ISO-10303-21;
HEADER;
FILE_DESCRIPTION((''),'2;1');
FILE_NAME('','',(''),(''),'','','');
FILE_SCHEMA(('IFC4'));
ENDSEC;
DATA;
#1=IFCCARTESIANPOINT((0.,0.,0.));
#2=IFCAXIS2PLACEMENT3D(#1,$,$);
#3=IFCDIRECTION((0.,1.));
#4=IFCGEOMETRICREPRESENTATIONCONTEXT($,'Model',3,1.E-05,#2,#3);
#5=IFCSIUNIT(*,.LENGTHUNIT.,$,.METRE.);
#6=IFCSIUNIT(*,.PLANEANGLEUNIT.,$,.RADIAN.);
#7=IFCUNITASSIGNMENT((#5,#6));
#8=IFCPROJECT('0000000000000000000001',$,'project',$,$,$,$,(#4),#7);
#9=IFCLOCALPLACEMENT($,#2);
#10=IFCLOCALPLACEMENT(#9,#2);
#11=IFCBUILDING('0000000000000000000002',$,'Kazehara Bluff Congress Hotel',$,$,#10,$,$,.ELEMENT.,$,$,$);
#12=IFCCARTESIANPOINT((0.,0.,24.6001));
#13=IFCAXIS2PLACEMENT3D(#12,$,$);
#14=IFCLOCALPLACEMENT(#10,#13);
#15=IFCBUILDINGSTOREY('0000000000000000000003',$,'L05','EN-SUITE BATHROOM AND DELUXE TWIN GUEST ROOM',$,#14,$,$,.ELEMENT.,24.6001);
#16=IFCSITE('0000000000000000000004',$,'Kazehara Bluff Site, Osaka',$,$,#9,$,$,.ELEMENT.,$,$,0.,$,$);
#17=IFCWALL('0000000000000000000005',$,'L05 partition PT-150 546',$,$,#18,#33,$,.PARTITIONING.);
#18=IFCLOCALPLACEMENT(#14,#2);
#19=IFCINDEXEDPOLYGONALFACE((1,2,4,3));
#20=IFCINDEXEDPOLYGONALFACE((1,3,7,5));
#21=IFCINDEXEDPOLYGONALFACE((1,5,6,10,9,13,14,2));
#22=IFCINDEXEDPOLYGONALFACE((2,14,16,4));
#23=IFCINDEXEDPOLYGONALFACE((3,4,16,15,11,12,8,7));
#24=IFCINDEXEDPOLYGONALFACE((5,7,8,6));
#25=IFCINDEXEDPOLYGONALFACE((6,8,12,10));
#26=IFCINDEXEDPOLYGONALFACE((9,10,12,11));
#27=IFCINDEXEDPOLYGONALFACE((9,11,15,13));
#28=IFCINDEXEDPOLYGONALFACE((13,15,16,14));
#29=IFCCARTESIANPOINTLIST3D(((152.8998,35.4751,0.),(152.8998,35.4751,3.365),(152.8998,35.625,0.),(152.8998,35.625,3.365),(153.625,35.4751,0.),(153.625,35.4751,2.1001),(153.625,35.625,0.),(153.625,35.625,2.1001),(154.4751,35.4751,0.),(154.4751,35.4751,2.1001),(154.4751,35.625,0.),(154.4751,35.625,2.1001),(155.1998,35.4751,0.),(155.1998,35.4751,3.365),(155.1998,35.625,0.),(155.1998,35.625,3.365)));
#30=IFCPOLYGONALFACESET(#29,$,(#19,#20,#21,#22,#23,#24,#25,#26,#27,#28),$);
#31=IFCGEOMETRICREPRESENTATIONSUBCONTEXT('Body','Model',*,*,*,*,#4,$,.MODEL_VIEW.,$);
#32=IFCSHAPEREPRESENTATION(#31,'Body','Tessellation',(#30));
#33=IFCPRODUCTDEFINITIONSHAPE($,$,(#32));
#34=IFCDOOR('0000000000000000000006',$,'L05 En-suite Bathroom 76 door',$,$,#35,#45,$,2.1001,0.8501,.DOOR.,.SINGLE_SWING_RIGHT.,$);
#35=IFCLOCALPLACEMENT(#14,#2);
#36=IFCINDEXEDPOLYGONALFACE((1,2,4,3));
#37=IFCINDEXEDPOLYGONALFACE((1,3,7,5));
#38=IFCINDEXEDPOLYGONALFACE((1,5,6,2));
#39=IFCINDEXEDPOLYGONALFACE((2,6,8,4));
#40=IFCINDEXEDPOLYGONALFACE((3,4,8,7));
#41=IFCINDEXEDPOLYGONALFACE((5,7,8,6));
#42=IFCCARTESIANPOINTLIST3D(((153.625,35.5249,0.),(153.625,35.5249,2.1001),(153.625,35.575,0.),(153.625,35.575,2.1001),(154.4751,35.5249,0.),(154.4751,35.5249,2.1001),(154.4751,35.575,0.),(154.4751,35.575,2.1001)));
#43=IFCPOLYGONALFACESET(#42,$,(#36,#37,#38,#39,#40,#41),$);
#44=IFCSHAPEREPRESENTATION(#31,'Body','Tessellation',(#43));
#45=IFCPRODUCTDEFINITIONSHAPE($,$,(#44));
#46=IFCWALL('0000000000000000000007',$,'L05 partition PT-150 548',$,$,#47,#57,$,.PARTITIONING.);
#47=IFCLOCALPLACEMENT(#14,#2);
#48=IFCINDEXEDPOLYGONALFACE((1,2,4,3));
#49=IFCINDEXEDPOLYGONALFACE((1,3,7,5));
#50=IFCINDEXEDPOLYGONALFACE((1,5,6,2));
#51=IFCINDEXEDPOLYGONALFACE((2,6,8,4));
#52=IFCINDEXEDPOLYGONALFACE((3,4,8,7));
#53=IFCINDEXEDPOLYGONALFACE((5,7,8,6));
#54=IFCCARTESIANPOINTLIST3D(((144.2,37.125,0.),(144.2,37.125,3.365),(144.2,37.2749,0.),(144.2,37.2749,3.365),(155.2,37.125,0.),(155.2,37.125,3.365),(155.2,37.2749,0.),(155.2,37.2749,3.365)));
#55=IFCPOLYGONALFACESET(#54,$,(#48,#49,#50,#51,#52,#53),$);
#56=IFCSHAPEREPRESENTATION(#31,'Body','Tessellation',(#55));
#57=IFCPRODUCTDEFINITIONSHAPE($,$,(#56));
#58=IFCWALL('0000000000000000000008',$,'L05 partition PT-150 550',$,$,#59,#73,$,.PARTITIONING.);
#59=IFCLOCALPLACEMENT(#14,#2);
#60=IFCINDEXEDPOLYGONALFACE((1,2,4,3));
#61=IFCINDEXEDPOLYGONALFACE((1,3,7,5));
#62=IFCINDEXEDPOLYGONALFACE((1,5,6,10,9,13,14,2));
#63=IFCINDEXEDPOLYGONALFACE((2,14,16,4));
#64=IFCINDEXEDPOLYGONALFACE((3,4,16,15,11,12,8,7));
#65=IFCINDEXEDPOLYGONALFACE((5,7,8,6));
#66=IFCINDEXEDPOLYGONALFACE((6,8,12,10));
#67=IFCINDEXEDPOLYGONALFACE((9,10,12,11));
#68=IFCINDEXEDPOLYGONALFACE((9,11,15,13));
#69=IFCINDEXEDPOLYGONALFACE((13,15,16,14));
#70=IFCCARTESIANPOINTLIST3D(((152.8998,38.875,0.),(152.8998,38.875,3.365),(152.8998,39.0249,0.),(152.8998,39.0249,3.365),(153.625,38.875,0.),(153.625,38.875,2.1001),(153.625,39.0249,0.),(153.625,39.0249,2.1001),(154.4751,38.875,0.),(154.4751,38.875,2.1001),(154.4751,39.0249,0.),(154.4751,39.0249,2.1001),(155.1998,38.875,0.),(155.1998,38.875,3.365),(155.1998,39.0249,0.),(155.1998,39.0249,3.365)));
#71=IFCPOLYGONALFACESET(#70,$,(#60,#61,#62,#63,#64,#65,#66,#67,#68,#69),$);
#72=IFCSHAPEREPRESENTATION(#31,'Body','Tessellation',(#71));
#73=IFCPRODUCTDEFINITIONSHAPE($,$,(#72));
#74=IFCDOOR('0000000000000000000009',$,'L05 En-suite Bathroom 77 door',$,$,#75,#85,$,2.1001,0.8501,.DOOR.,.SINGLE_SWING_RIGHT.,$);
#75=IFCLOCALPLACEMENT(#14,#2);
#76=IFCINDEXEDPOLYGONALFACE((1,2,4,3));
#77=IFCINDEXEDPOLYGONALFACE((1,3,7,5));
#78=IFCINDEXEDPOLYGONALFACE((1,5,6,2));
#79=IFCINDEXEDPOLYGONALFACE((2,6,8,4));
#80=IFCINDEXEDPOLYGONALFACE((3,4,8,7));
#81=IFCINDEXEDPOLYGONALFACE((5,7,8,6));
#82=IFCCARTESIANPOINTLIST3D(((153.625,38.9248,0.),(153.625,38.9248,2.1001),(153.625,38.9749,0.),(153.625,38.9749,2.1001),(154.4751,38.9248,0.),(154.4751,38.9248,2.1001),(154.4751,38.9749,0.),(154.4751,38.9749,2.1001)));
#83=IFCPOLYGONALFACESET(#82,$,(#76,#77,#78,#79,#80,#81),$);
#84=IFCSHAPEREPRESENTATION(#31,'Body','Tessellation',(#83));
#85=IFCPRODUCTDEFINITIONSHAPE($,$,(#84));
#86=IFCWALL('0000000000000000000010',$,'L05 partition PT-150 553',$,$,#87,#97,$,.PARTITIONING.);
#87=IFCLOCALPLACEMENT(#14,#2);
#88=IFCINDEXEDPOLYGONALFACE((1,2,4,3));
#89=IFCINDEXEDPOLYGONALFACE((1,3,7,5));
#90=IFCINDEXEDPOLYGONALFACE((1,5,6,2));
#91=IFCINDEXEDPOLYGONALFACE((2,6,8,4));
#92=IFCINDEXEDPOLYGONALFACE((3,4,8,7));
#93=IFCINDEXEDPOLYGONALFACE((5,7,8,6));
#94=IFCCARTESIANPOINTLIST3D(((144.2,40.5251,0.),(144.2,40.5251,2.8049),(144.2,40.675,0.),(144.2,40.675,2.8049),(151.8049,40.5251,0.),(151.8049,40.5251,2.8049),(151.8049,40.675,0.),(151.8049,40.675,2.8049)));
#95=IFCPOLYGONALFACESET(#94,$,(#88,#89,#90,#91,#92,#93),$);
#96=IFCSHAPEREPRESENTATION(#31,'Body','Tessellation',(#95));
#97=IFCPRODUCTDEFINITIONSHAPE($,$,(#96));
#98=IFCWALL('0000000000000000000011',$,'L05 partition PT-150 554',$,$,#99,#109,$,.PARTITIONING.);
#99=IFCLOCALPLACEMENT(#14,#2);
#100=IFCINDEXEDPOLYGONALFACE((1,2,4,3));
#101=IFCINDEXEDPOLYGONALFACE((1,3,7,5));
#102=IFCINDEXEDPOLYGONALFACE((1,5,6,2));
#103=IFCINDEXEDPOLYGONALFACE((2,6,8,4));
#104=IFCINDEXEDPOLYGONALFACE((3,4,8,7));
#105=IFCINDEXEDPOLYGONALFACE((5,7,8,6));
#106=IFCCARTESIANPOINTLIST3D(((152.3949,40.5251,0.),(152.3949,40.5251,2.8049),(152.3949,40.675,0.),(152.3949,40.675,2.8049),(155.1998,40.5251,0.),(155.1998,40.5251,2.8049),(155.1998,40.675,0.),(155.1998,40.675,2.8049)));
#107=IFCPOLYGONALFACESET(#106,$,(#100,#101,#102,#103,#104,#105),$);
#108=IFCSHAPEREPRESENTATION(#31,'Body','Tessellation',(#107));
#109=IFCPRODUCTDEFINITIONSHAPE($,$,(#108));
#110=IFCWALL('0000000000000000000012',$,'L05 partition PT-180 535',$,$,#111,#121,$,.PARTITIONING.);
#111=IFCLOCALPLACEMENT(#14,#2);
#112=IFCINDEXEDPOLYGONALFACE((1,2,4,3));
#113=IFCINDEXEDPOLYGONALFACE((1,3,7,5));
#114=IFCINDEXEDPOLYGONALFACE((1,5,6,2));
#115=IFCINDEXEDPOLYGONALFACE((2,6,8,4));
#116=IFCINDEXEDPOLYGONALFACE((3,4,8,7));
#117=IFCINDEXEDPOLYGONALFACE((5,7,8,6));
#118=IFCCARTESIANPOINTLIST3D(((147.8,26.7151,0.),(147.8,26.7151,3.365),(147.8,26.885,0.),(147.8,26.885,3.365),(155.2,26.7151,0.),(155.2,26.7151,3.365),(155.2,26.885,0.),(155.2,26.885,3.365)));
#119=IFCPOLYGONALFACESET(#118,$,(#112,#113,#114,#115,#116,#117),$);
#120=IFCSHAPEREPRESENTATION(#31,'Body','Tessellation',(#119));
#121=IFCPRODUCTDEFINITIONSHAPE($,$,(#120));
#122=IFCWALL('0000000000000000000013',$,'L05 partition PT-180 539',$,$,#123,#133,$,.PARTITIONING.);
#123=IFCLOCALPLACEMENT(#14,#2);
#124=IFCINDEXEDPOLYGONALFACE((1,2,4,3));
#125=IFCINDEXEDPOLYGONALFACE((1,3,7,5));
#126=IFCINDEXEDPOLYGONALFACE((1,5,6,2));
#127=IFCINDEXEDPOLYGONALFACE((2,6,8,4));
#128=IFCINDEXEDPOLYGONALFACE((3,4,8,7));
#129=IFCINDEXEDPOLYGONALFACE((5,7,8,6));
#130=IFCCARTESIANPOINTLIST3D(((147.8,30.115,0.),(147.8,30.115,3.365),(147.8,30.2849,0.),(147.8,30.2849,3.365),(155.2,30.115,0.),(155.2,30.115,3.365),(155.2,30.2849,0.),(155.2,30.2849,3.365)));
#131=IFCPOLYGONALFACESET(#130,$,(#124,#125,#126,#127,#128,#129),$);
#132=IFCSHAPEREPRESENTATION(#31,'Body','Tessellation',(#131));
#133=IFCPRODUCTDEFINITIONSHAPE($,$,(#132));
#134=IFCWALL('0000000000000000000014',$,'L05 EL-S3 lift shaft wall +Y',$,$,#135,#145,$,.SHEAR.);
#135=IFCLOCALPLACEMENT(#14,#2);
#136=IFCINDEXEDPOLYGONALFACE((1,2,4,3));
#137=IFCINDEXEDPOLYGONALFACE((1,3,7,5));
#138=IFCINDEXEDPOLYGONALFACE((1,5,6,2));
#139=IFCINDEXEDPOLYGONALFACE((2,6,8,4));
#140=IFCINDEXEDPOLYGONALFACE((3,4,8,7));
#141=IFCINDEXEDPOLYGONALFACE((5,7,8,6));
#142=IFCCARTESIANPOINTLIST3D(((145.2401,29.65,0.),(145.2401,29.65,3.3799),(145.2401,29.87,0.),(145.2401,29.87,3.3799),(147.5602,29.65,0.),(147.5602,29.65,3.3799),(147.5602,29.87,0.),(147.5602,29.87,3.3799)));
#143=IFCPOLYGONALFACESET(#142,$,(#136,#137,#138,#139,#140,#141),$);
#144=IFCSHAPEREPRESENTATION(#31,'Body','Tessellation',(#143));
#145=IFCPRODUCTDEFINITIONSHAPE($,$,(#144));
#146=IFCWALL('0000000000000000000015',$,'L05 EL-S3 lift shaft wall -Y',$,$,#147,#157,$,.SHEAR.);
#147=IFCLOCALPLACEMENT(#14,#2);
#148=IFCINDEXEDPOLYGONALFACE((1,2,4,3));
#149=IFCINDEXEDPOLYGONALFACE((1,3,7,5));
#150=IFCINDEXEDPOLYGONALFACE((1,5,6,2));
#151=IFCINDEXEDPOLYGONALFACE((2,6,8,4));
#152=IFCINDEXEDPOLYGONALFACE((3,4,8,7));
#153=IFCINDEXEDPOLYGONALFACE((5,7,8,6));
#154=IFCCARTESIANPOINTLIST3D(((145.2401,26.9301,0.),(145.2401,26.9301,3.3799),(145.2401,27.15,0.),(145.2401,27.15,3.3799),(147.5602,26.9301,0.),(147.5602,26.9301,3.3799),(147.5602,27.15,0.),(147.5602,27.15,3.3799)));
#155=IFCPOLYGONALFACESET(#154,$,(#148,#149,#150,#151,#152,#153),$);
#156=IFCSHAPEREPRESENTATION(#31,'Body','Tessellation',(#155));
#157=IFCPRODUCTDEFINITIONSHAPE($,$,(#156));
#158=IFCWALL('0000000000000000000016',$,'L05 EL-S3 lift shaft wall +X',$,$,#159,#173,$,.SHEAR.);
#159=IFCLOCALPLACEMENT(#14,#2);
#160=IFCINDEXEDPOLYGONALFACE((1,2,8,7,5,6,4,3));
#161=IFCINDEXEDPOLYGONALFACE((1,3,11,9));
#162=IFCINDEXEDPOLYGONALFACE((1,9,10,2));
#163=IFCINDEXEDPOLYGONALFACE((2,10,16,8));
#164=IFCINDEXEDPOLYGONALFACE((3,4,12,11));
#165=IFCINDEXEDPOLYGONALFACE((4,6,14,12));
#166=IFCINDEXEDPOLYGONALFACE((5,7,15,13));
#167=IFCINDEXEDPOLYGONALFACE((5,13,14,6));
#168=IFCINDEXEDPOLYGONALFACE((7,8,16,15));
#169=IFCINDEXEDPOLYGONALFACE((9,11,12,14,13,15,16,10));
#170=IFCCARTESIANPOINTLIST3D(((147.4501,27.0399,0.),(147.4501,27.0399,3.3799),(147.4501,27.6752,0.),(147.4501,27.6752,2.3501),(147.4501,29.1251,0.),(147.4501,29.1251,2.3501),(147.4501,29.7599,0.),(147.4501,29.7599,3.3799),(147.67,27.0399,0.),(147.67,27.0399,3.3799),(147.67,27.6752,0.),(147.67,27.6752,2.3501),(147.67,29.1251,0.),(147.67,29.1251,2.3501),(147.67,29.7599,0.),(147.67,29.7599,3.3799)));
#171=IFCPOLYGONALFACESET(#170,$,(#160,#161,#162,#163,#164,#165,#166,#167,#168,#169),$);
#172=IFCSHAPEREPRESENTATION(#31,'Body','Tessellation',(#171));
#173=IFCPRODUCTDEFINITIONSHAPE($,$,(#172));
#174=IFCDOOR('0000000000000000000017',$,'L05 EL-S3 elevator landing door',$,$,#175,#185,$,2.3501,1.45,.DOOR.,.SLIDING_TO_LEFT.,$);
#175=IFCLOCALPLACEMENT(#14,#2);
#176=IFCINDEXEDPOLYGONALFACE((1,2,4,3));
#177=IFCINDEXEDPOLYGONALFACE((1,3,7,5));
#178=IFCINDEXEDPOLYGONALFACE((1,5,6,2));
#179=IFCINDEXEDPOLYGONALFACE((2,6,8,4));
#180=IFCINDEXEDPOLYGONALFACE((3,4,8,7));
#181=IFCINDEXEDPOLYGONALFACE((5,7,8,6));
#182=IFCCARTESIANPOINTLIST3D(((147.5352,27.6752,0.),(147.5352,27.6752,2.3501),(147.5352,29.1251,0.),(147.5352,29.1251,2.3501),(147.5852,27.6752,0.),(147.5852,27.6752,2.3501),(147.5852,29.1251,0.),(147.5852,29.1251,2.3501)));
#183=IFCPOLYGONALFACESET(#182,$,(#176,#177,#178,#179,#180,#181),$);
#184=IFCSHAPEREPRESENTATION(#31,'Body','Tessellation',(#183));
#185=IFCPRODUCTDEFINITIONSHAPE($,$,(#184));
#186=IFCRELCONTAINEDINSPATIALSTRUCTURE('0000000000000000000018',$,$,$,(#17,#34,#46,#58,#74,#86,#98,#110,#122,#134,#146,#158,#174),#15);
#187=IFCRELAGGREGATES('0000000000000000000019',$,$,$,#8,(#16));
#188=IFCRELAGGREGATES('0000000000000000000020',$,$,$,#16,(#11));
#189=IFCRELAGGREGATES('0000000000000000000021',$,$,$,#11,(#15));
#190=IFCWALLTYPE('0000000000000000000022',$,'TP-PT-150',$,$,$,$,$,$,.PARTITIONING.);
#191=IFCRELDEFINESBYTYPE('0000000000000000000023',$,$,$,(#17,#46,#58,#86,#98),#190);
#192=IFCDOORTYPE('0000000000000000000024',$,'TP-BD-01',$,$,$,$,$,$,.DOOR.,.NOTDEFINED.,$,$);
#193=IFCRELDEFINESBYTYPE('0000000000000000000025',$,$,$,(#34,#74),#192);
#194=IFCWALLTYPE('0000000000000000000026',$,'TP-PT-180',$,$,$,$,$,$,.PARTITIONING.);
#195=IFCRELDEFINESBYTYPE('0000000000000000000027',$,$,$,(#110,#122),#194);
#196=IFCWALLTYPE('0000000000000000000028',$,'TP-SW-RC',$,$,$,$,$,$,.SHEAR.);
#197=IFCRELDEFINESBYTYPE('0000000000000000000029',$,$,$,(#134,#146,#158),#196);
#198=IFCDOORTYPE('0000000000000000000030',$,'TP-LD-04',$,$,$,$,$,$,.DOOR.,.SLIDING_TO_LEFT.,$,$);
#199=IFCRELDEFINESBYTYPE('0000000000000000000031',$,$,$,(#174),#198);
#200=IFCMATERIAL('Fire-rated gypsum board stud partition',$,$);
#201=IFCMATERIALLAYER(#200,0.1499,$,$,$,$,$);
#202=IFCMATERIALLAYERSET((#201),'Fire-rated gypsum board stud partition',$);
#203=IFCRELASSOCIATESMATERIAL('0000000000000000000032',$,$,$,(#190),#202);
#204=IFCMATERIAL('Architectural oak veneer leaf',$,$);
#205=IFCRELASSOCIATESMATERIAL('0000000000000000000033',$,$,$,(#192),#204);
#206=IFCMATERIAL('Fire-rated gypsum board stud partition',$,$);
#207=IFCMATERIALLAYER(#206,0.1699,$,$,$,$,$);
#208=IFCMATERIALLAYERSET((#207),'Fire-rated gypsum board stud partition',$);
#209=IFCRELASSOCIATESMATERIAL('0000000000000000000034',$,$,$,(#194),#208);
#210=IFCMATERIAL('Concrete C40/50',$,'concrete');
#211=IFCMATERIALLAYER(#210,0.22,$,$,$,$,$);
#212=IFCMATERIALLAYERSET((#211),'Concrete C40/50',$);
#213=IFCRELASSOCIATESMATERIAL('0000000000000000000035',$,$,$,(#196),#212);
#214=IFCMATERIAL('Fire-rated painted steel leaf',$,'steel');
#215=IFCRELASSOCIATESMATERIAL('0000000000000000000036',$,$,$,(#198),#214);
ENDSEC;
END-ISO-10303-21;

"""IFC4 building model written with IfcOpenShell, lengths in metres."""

from ifc_helpers import new_model, si_unit, direction, frame, frame_2d, origin, place, context, subcontext, project, spatial, rectangle, extrude, material, layer, layer_set, type_object, element, fill, save


model = new_model("IFC4")

# Units and contexts
model_context = context("Model", 3, precision=1e-05, world=origin(), true_north=direction((0.0, 1.0)))
body_context = subcontext(model_context, "Body", "Model", "MODEL_VIEW")
ifc_project = project(units=[si_unit("LENGTHUNIT", "METRE"), si_unit("PLANEANGLEUNIT", "RADIAN")], contexts=[model_context])

# Site, building, storey
site_placement = place(None, origin())
site = spatial("IfcSite", under=ifc_project, at=site_placement, Name="Kazehara Bluff Site, Osaka", CompositionType="ELEMENT", RefElevation=0.0)
building_placement = place(site_placement, origin())
building = spatial("IfcBuilding", under=site, at=building_placement, Name="Kazehara Bluff Congress Hotel", CompositionType="ELEMENT")
storey_placement = place(building_placement, frame((0.0, 0.0, 24.6001)))
storey = spatial("IfcBuildingStorey", under=building, at=storey_placement, Name="L05", Description="EN-SUITE BATHROOM AND DELUXE TWIN GUEST ROOM", CompositionType="ELEMENT", Elevation=24.6001)

# Wall, opening, door
ifc_material_1 = material(Name="Fire-rated gypsum board stud partition")
ifc_layer_1 = layer(ifc_material_1, 0.1499)
ifc_layer_set_1 = layer_set([ifc_layer_1], Name="Fire-rated gypsum board stud partition")
wall_type_1 = type_object("IfcWallType", Name="TP-PT-150", PredefinedType="PARTITIONING", material=ifc_layer_set_1)
ifc_material_2 = material(Name="Architectural oak veneer leaf")
door_type_1 = type_object("IfcDoorType", Name="TP-BD-01", OperationType="NOTDEFINED", PredefinedType="DOOR", material=ifc_material_2)
wall_1_placement = place(storey_placement, frame((152.8999, 35.55, 0.0), z_axis=(0.0, 0.0, 1.0), x_axis=(1.0, 0.0, 0.0)))
wall_1 = element("IfcWall", 1, at=wall_1_placement, inside=storey, type_object=wall_type_1, Name="L05 partition PT-150 546", PredefinedType="PARTITIONING", context=body_context, shape_type="SweptSolid", body=[
    extrude(rectangle(XDim=2.3, YDim=0.1499, at=frame_2d((1.1499, 0.0))), origin(), (0.0, 0.0, 1.0), 3.365),
])
opening_1_placement = place(wall_1_placement, frame((0.7251, 0.0, 0.0)))
opening_1 = element("IfcOpeningElement", 2, at=opening_1_placement, cuts=wall_1, PredefinedType="OPENING", context=body_context, shape_type="SweptSolid", body=[
    extrude(rectangle(XDim=0.8501, YDim=2.1001, at=frame_2d((0.425, 1.05))), frame((0.0, 0.085, 0.0), z_axis=(0.0, -1.0, 0.0), x_axis=(1.0, 0.0, 0.0)), (0.0, 0.0, 1.0), 0.1699),
])
door_1_placement = place(opening_1_placement, origin())
door_1 = element("IfcDoor", 3, at=door_1_placement, inside=storey, type_object=door_type_1, Name="L05 En-suite Bathroom 76 door", OperationType="SINGLE_SWING_RIGHT", OverallHeight=2.1001, OverallWidth=0.8501, PredefinedType="DOOR", context=body_context, shape_type="SweptSolid", body=[
    extrude(rectangle(XDim=0.8501, YDim=2.1001, at=frame_2d((0.425, 1.05))), frame((0.0, 0.0249, 0.0), z_axis=(0.0, -1.0, 0.0), x_axis=(1.0, 0.0, 0.0)), (0.0, 0.0, 1.0), 0.05),
])
fill(opening_1, door_1)

# Wall
wall_2_placement = place(storey_placement, frame((144.2, 37.2, 0.0), z_axis=(0.0, 0.0, 1.0), x_axis=(1.0, 0.0, 0.0)))
element("IfcWall", 4, at=wall_2_placement, inside=storey, type_object=wall_type_1, Name="L05 partition PT-150 548", PredefinedType="PARTITIONING", context=body_context, shape_type="SweptSolid", body=[
    extrude(rectangle(XDim=11.0, YDim=0.1499, at=frame_2d((5.5, 0.0))), origin(), (0.0, 0.0, 1.0), 3.365),
])

# Wall, opening, door
wall_3_placement = place(storey_placement, frame((152.8999, 38.95, 0.0), z_axis=(0.0, 0.0, 1.0), x_axis=(1.0, 0.0, 0.0)))
wall_3 = element("IfcWall", 5, at=wall_3_placement, inside=storey, type_object=wall_type_1, Name="L05 partition PT-150 550", PredefinedType="PARTITIONING", context=body_context, shape_type="SweptSolid", body=[
    extrude(rectangle(XDim=2.3, YDim=0.1499, at=frame_2d((1.1499, 0.0))), origin(), (0.0, 0.0, 1.0), 3.365),
])
opening_2_placement = place(wall_3_placement, frame((0.7251, 0.0, 0.0)))
opening_2 = element("IfcOpeningElement", 6, at=opening_2_placement, cuts=wall_3, PredefinedType="OPENING", context=body_context, shape_type="SweptSolid", body=[
    extrude(rectangle(XDim=0.8501, YDim=2.1001, at=frame_2d((0.425, 1.05))), frame((0.0, 0.085, 0.0), z_axis=(0.0, -1.0, 0.0), x_axis=(1.0, 0.0, 0.0)), (0.0, 0.0, 1.0), 0.1699),
])
door_2_placement = place(opening_2_placement, origin())
door_2 = element("IfcDoor", 7, at=door_2_placement, inside=storey, type_object=door_type_1, Name="L05 En-suite Bathroom 77 door", OperationType="SINGLE_SWING_RIGHT", OverallHeight=2.1001, OverallWidth=0.8501, PredefinedType="DOOR", context=body_context, shape_type="SweptSolid", body=[
    extrude(rectangle(XDim=0.8501, YDim=2.1001, at=frame_2d((0.425, 1.05))), frame((0.0, 0.0249, 0.0), z_axis=(0.0, -1.0, 0.0), x_axis=(1.0, 0.0, 0.0)), (0.0, 0.0, 1.0), 0.05),
])
fill(opening_2, door_2)

# Walls
wall_4_placement = place(storey_placement, frame((144.2, 40.6001, 0.0), z_axis=(0.0, 0.0, 1.0), x_axis=(1.0, 0.0, 0.0)))
element("IfcWall", 8, at=wall_4_placement, inside=storey, type_object=wall_type_1, Name="L05 partition PT-150 553", PredefinedType="PARTITIONING", context=body_context, shape_type="SweptSolid", body=[
    extrude(rectangle(XDim=7.605, YDim=0.1499, at=frame_2d((3.8025, 0.0))), origin(), (0.0, 0.0, 1.0), 2.8049),
])
wall_5_placement = place(storey_placement, frame((152.395, 40.6001, 0.0), z_axis=(0.0, 0.0, 1.0), x_axis=(1.0, 0.0, 0.0)))
element("IfcWall", 9, at=wall_5_placement, inside=storey, type_object=wall_type_1, Name="L05 partition PT-150 554", PredefinedType="PARTITIONING", context=body_context, shape_type="SweptSolid", body=[
    extrude(rectangle(XDim=2.8049, YDim=0.1499, at=frame_2d((1.4023, 0.0))), origin(), (0.0, 0.0, 1.0), 2.8049),
])
ifc_material_3 = material(Name="Fire-rated gypsum board stud partition")
ifc_layer_2 = layer(ifc_material_3, 0.1699)
ifc_layer_set_2 = layer_set([ifc_layer_2], Name="Fire-rated gypsum board stud partition")
wall_type_2 = type_object("IfcWallType", Name="TP-PT-180", PredefinedType="PARTITIONING", material=ifc_layer_set_2)
for number, where, z_axis, x_axis, name in (
    (10, (147.8, 26.8, 0.0), (0.0, 0.0, 1.0), (1.0, 0.0, 0.0), "L05 partition PT-180 535"),
    (11, (147.8, 30.2, 0.0), (0.0, 0.0, 1.0), (1.0, 0.0, 0.0), "L05 partition PT-180 539"),
):
    element("IfcWall", number, at=place(storey_placement, frame(where, z_axis=z_axis, x_axis=x_axis)), inside=storey, type_object=wall_type_2, Name=name, PredefinedType="PARTITIONING", context=body_context, shape_type="SweptSolid", body=[
        extrude(rectangle(XDim=7.3999, YDim=0.1699, at=frame_2d((3.7, 0.0))), origin(), (0.0, 0.0, 1.0), 3.365),
    ])
ifc_material_4 = material(Name="Concrete C40/50", Category="concrete")
ifc_layer_3 = layer(ifc_material_4, 0.22)
ifc_layer_set_3 = layer_set([ifc_layer_3], Name="Concrete C40/50")
wall_type_3 = type_object("IfcWallType", Name="TP-SW-RC", PredefinedType="SHEAR", material=ifc_layer_set_3)
for number, where, z_axis, x_axis, name in (
    (12, (145.24, 29.76, 0.0), (0.0, 0.0, 1.0), (1.0, 0.0, 0.0), "L05 EL-S3 lift shaft wall +Y"),
    (13, (145.24, 27.04, 0.0), (0.0, 0.0, 1.0), (1.0, 0.0, 0.0), "L05 EL-S3 lift shaft wall -Y"),
):
    element("IfcWall", number, at=place(storey_placement, frame(where, z_axis=z_axis, x_axis=x_axis)), inside=storey, type_object=wall_type_3, Name=name, PredefinedType="SHEAR", context=body_context, shape_type="SweptSolid", body=[
        extrude(rectangle(XDim=2.3201, YDim=0.22, at=frame_2d((1.1602, 0.0))), origin(), (0.0, 0.0, 1.0), 3.3799),
    ])

# Wall, opening, door
wall_6_placement = place(storey_placement, frame((147.5601, 27.04, 0.0), z_axis=(0.0, 0.0, 1.0), x_axis=(0.0, 1.0, 0.0)))
wall_6 = element("IfcWall", 14, at=wall_6_placement, inside=storey, type_object=wall_type_3, Name="L05 EL-S3 lift shaft wall +X", PredefinedType="SHEAR", context=body_context, shape_type="SweptSolid", body=[
    extrude(rectangle(XDim=2.72, YDim=0.22, at=frame_2d((1.3599, 0.0))), origin(), (0.0, 0.0, 1.0), 3.3799),
])
opening_3_placement = place(wall_6_placement, frame((0.635, 0.0, 0.0)))
opening_3 = element("IfcOpeningElement", 15, at=opening_3_placement, cuts=wall_6, PredefinedType="OPENING", context=body_context, shape_type="SweptSolid", body=[
    extrude(rectangle(XDim=1.45, YDim=2.3501, at=frame_2d((0.7251, 1.175))), frame((0.0, 0.1199, 0.0), z_axis=(0.0, -1.0, 0.0), x_axis=(1.0, 0.0, 0.0)), (0.0, 0.0, 1.0), 0.24),
])
ifc_material_5 = material(Name="Fire-rated painted steel leaf", Category="steel")
door_type_2 = type_object("IfcDoorType", Name="TP-LD-04", OperationType="SLIDING_TO_LEFT", PredefinedType="DOOR", material=ifc_material_5)
door_3_placement = place(opening_3_placement, origin())
door_3 = element("IfcDoor", 16, at=door_3_placement, inside=storey, type_object=door_type_2, Name="L05 EL-S3 elevator landing door", OperationType="SLIDING_TO_LEFT", OverallHeight=2.3501, OverallWidth=1.45, PredefinedType="DOOR", context=body_context, shape_type="SweptSolid", body=[
    extrude(rectangle(XDim=1.45, YDim=2.3501, at=frame_2d((0.7251, 1.175))), frame((0.0, 0.0249, 0.0), z_axis=(0.0, -1.0, 0.0), x_axis=(1.0, 0.0, 0.0)), (0.0, 0.0, 1.0), 0.05),
])
fill(opening_3, door_3)

save(model, "model.ifc")
